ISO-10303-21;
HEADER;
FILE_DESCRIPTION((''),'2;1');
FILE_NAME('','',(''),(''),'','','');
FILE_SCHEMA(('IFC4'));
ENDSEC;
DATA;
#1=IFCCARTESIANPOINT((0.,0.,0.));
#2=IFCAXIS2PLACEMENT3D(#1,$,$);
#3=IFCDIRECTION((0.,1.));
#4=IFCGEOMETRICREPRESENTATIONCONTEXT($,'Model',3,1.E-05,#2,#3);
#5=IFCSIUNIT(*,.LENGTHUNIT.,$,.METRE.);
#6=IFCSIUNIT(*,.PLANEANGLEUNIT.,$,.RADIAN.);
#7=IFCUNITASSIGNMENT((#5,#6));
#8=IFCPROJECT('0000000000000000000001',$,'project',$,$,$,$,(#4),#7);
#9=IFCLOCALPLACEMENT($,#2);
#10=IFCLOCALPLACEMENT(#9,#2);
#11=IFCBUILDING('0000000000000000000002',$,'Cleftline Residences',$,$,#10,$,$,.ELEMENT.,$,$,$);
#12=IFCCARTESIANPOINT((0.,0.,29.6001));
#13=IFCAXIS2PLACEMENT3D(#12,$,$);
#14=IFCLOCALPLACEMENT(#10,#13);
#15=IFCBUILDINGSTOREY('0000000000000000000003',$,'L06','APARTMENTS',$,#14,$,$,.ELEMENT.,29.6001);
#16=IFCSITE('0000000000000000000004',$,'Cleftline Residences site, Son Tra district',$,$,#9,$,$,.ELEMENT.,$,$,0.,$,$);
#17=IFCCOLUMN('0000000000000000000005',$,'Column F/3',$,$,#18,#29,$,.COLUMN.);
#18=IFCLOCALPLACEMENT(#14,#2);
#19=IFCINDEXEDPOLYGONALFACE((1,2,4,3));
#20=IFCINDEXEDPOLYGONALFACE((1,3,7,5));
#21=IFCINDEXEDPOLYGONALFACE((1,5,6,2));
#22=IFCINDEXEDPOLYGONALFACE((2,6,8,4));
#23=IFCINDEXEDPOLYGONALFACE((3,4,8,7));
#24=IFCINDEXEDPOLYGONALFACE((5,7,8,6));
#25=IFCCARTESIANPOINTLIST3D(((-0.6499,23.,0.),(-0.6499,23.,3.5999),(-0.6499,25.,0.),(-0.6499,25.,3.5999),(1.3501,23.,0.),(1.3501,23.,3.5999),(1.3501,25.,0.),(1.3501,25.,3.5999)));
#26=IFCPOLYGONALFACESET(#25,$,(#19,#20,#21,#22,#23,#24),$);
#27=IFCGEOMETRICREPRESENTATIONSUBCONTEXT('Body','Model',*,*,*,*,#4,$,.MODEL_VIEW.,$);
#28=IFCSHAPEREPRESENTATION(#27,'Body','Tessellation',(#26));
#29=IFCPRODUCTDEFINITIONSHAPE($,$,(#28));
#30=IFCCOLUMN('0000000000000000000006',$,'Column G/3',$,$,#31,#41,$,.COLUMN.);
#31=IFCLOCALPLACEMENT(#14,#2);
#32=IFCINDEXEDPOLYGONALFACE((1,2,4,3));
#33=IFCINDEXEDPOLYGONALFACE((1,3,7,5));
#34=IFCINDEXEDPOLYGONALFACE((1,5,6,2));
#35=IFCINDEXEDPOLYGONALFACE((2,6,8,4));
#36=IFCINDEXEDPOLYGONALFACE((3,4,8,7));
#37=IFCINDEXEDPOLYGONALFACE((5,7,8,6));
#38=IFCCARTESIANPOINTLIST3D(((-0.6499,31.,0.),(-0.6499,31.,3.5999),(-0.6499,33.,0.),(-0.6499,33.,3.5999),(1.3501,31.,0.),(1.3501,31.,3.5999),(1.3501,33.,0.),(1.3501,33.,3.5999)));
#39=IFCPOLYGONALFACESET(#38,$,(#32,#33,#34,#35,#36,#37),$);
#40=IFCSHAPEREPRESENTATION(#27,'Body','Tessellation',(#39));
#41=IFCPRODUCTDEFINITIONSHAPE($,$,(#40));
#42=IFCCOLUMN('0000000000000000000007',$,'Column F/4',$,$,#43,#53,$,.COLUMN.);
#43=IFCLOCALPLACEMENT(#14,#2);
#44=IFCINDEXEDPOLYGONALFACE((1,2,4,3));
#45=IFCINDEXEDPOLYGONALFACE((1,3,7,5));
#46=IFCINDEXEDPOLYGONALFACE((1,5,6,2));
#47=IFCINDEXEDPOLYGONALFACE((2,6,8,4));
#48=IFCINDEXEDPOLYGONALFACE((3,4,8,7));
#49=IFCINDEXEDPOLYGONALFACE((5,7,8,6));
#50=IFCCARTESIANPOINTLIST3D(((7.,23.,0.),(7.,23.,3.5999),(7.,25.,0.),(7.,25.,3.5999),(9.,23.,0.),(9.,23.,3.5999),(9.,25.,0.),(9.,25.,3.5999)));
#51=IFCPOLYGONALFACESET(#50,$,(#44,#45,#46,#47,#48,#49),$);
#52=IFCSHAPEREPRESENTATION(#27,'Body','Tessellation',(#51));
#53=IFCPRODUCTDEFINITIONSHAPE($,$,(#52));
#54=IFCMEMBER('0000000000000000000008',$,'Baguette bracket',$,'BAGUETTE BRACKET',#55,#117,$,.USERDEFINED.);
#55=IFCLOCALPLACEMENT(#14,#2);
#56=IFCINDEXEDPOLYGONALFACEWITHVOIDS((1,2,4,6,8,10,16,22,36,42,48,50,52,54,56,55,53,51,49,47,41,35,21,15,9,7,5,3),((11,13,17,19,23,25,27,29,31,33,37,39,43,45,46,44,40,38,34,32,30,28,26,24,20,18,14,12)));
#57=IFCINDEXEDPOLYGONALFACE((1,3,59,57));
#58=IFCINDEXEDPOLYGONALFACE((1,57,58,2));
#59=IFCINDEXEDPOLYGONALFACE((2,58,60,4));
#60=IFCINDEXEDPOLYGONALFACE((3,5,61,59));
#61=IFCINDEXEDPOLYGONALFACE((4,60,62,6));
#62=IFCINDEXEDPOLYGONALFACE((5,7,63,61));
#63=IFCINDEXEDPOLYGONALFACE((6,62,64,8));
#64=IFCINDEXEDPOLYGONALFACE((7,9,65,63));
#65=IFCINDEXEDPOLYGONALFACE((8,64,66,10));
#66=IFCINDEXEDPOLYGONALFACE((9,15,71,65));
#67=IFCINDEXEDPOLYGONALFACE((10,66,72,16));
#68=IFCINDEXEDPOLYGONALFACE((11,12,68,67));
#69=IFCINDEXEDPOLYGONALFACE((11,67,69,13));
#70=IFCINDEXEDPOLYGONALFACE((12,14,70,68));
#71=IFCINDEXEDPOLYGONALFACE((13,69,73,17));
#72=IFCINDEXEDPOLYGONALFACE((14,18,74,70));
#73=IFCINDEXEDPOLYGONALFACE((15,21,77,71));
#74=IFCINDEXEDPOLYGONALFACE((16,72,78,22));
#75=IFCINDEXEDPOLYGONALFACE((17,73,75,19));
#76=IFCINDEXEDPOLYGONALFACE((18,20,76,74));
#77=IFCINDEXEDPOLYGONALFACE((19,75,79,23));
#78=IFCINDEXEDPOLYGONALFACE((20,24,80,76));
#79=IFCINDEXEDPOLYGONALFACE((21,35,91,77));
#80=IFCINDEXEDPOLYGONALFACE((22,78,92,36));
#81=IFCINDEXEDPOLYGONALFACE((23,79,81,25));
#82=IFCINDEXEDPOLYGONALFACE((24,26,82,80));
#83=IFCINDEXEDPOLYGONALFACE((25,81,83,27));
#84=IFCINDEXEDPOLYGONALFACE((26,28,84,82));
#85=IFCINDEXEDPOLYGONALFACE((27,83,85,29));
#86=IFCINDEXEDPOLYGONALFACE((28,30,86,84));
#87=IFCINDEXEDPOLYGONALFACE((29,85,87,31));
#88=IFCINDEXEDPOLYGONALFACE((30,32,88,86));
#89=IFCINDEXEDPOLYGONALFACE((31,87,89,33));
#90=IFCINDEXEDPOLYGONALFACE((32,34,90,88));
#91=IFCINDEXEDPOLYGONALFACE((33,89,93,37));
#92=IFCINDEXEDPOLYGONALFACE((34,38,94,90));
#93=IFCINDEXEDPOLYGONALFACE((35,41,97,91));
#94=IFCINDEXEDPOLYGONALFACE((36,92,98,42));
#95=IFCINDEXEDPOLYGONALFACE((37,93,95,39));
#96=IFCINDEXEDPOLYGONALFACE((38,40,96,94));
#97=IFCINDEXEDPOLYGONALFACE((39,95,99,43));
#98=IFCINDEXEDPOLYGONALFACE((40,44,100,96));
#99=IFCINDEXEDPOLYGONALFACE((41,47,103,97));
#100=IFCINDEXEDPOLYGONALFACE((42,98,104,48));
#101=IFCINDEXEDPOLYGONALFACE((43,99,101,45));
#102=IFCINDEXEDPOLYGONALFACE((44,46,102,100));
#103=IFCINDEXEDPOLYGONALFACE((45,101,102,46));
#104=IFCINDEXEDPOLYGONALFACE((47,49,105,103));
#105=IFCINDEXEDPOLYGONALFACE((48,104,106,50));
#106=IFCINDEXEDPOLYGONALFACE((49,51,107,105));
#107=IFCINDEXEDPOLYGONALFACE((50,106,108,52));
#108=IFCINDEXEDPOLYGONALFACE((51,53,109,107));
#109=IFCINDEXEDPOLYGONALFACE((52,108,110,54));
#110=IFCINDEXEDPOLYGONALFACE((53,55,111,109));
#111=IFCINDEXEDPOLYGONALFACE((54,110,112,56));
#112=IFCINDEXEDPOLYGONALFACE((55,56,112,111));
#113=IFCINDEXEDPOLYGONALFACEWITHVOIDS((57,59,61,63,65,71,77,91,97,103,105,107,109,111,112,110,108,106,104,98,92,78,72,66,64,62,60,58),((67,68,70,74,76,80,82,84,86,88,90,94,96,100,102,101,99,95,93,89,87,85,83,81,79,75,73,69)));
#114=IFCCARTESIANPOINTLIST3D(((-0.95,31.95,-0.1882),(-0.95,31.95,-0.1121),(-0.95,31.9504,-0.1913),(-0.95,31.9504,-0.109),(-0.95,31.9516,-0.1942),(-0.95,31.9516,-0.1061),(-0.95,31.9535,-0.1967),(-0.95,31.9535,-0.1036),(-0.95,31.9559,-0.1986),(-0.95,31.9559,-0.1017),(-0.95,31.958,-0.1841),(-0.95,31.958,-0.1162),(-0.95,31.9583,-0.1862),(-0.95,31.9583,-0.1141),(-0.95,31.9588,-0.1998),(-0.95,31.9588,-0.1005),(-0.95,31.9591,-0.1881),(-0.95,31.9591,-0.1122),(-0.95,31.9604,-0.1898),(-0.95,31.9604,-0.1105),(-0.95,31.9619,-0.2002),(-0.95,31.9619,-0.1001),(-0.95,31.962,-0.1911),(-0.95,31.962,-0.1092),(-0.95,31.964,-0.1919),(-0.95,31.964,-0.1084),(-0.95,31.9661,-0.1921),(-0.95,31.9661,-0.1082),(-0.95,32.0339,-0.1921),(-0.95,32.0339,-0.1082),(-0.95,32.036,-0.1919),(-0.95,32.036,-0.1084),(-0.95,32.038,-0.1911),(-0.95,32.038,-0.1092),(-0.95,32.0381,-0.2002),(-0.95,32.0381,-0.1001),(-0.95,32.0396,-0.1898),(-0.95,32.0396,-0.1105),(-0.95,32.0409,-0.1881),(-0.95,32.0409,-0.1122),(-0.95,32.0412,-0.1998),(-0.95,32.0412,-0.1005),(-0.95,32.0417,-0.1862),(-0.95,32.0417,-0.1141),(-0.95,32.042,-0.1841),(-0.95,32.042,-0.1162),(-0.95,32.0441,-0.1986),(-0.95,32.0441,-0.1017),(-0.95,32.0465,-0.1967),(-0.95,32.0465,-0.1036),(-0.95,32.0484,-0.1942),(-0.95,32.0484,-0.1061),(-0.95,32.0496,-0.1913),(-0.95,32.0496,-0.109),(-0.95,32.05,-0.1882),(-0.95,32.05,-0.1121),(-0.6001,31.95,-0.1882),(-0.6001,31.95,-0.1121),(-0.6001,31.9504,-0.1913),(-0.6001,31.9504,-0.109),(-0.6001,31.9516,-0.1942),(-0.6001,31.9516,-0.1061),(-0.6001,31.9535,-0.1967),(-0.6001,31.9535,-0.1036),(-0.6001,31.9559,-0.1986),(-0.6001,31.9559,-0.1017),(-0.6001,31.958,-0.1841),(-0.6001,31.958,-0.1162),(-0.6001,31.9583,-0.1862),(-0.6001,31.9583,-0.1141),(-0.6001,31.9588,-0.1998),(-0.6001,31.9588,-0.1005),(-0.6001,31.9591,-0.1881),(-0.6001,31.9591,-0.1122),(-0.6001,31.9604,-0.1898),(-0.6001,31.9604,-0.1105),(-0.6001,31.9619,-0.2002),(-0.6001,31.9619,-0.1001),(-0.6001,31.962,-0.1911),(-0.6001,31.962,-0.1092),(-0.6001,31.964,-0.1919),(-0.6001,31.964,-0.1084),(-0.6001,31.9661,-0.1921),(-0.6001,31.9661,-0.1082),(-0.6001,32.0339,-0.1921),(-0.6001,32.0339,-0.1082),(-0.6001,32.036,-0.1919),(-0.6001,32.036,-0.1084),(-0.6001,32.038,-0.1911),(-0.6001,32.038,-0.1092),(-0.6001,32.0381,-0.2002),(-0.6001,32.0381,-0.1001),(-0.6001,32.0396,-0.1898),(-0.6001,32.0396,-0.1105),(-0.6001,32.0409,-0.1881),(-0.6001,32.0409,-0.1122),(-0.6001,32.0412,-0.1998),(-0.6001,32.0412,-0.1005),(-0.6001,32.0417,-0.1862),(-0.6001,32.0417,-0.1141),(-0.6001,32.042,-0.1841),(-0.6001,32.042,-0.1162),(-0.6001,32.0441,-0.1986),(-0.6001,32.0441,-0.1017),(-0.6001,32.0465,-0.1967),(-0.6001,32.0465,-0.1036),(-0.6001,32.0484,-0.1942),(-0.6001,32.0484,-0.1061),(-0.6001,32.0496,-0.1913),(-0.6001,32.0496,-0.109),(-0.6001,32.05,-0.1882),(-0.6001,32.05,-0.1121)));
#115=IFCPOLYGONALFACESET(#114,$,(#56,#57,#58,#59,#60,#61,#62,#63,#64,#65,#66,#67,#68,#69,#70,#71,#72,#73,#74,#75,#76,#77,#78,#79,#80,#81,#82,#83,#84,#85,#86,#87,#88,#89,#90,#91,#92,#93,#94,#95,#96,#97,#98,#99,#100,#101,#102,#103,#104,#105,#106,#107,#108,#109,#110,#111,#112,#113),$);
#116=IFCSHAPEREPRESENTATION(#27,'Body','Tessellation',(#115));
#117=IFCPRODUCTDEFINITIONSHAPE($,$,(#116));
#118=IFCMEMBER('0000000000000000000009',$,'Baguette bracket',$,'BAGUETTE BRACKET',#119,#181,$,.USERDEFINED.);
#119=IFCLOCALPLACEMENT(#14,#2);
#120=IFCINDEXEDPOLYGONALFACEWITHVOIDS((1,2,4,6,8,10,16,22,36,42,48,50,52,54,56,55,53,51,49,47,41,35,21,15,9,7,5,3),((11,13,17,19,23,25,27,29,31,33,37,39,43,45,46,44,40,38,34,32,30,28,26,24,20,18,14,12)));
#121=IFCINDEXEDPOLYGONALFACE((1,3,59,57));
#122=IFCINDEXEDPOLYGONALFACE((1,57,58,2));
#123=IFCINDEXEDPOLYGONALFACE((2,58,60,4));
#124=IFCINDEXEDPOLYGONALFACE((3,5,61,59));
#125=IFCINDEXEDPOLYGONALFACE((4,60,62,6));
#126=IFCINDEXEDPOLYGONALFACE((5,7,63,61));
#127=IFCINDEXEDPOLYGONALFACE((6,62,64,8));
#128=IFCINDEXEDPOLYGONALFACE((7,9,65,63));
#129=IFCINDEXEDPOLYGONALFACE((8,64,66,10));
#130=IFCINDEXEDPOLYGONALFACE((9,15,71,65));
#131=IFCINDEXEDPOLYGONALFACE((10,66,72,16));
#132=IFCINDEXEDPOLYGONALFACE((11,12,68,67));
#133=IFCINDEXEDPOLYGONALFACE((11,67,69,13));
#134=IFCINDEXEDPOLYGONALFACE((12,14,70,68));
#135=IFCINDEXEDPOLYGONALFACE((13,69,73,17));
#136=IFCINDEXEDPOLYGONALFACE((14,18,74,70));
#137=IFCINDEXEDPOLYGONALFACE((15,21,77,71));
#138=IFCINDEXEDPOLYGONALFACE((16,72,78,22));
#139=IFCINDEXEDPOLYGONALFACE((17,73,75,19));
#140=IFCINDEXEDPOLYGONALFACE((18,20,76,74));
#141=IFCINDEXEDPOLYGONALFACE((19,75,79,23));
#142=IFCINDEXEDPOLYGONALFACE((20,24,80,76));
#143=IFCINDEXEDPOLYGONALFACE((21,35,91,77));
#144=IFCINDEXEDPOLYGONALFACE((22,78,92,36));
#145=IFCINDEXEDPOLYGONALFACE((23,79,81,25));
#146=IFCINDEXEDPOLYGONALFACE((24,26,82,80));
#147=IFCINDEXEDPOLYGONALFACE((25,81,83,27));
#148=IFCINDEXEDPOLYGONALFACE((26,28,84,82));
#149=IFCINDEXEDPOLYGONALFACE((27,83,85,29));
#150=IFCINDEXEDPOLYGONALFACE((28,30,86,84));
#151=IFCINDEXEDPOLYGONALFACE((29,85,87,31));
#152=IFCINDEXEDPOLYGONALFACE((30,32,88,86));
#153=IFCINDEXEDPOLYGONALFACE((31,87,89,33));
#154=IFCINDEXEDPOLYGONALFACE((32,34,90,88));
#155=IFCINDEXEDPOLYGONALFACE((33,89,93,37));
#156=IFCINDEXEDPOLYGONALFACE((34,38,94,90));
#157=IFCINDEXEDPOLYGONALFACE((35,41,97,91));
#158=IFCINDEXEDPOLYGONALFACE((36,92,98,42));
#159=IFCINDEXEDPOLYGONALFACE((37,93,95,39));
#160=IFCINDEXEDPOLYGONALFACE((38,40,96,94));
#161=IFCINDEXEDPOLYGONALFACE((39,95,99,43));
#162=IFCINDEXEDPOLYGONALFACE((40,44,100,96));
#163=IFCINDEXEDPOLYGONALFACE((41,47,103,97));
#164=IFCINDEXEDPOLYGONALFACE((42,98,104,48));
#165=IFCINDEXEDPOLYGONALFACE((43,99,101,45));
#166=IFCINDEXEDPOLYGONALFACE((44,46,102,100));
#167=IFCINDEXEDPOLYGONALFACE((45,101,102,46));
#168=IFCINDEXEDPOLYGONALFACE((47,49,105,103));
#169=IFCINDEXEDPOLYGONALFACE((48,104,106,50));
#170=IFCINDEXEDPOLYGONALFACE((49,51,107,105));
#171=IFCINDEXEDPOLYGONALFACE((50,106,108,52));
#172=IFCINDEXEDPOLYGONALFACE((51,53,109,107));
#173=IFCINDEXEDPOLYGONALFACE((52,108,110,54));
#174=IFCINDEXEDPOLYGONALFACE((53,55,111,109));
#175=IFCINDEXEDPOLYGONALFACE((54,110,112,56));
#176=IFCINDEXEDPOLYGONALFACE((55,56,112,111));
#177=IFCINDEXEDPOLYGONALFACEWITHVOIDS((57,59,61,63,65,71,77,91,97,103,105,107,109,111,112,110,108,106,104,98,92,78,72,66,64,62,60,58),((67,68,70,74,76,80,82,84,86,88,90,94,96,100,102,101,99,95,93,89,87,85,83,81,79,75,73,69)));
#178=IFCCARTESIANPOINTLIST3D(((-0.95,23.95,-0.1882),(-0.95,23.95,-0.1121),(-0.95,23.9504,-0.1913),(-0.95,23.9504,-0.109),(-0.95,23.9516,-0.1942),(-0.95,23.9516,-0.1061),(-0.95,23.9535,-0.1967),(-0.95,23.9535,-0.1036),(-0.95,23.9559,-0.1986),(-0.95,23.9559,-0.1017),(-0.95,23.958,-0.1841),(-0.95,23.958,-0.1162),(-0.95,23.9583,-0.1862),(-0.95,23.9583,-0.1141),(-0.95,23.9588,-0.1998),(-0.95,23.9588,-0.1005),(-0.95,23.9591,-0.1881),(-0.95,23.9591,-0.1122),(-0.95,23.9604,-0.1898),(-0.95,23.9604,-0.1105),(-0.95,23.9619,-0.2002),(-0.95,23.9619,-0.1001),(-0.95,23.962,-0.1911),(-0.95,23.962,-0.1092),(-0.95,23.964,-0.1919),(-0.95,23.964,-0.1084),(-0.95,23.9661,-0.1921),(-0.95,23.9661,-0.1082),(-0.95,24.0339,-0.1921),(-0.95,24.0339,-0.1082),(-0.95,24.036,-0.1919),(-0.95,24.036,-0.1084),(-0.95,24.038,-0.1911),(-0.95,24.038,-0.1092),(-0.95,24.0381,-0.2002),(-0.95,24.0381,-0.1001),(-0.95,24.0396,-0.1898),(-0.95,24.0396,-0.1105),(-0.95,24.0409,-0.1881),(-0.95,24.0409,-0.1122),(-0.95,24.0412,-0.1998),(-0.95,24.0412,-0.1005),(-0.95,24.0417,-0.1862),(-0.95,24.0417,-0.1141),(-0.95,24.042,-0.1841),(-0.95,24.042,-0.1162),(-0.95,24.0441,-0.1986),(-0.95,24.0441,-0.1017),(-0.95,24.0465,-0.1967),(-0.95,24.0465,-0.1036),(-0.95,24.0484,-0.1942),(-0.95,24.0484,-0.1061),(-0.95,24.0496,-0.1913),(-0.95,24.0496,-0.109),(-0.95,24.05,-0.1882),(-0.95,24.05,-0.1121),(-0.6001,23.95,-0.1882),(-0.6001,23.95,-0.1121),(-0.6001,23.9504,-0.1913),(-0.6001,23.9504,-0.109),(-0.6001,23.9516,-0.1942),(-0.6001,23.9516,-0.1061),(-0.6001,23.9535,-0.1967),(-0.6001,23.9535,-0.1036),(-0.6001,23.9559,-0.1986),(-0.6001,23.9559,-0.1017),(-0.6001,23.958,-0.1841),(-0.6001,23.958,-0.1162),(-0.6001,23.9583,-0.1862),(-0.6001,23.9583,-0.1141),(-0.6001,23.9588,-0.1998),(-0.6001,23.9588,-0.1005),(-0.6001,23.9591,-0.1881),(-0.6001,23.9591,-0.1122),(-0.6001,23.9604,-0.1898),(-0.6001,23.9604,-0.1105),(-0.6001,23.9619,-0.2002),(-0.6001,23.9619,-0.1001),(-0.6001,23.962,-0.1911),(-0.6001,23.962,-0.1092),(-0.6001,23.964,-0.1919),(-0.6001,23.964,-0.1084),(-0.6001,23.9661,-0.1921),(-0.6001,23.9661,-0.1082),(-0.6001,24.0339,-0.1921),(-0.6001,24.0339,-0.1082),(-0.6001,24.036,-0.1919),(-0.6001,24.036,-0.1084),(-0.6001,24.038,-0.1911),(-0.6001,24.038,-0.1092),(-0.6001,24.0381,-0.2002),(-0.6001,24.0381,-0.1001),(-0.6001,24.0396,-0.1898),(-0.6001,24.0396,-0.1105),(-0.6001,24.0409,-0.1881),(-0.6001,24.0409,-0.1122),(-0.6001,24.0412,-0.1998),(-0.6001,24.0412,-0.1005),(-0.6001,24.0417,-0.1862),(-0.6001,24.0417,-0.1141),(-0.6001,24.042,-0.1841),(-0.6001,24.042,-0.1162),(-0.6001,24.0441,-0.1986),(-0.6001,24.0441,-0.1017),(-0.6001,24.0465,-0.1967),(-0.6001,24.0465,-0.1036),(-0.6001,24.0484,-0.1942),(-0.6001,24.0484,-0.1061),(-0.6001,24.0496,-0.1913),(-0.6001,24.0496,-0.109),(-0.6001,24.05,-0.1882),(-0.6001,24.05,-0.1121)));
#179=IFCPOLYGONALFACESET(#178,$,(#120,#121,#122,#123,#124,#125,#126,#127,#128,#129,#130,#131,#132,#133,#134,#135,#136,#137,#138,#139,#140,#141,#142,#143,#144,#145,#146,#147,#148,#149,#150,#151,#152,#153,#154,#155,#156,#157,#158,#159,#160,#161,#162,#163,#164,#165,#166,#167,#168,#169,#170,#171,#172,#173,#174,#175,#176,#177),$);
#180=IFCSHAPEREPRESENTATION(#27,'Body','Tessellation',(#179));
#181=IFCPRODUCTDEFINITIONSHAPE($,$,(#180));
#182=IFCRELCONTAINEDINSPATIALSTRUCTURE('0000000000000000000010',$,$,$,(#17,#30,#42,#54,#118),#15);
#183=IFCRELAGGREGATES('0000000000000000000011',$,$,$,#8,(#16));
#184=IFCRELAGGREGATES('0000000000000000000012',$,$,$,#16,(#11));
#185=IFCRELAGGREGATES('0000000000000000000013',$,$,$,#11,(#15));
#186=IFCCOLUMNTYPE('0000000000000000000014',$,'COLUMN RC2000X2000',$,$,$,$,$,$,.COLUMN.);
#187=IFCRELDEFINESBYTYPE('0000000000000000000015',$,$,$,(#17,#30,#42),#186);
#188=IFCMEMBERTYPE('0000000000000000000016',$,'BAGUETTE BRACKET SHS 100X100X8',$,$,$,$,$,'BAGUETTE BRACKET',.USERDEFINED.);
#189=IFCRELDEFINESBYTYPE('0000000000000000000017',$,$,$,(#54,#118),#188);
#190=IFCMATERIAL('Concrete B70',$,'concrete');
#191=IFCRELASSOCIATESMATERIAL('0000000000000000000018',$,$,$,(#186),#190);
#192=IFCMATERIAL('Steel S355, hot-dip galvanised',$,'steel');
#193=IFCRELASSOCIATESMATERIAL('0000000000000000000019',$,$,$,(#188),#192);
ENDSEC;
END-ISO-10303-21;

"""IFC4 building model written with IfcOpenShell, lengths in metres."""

from ifc_helpers import new_model, si_unit, direction, frame, origin, origin_2d, place, context, subcontext, project, spatial, rectangle, hollow_rectangle, extrude, material, material_profile, profile_set, type_object, element, save


model = new_model("IFC4")

# Units and contexts
model_context = context("Model", 3, precision=1e-05, world=origin(), true_north=direction((0.0, 1.0)))
body_context = subcontext(model_context, "Body", "Model", "MODEL_VIEW")
ifc_project = project(units=[si_unit("LENGTHUNIT", "METRE"), si_unit("PLANEANGLEUNIT", "RADIAN")], contexts=[model_context])

# Site, building, storey
site_placement = place(None, origin())
site = spatial("IfcSite", under=ifc_project, at=site_placement, Name="Cleftline Residences site, Son Tra district", CompositionType="ELEMENT", RefElevation=0.0)
building_placement = place(site_placement, origin())
building = spatial("IfcBuilding", under=site, at=building_placement, Name="Cleftline Residences", CompositionType="ELEMENT")
storey_placement = place(building_placement, frame((0.0, 0.0, 29.6001)))
storey = spatial("IfcBuildingStorey", under=building, at=storey_placement, Name="L06", Description="APARTMENTS", CompositionType="ELEMENT", Elevation=29.6001)

# Columns
ifc_material_1 = material(Name="Concrete B70", Category="concrete")
ifc_material_profile_1 = material_profile(ifc_material_1, rectangle(XDim=2.0, YDim=2.0, at=origin_2d()))
ifc_profile_set_1 = profile_set([ifc_material_profile_1], Name="Concrete B70")
column_type = type_object("IfcColumnType", Name="COLUMN RC2000X2000", PredefinedType="COLUMN", material=ifc_profile_set_1)
for number, where, z_axis, x_axis, name in (
    (1, (0.3501, 24.0, 0.0), (0.0, 0.0, 1.0), (1.0, 0.0, 0.0), "Column F/3"),
    (2, (0.3501, 32.0, 0.0), (0.0, 0.0, 1.0), (1.0, 0.0, 0.0), "Column G/3"),
    (3, (8.0, 24.0, 0.0), (0.0, 0.0, 1.0), (1.0, 0.0, 0.0), "Column F/4"),
):
    element("IfcColumn", number, at=place(storey_placement, frame(where, z_axis=z_axis, x_axis=x_axis)), inside=storey, type_object=column_type, Name=name, PredefinedType="COLUMN", context=body_context, shape_type="SweptSolid", body=[
        extrude(rectangle(XDim=2.0, YDim=2.0, at=origin_2d()), origin(), (0.0, 0.0, 1.0), 3.5999),
    ])

# Members
ifc_material_2 = material(Name="Steel S355, hot-dip galvanised", Category="steel")
ifc_material_profile_2 = material_profile(ifc_material_2, hollow_rectangle(XDim=0.1001, YDim=0.1001, WallThickness=0.0081, InnerFilletRadius=0.0081, OuterFilletRadius=0.012, at=origin_2d()))
ifc_profile_set_2 = profile_set([ifc_material_profile_2], Name="Steel S355, hot-dip galvanised")
member_type_1 = type_object("IfcMemberType", Name="BAGUETTE BRACKET SHS 100X100X8", ElementType="BAGUETTE BRACKET", PredefinedType="USERDEFINED", material=ifc_profile_set_2)
for number, where, z_axis, x_axis, name in (
    (4, (-0.6001, 32.0, -0.1501), (-1.0, 0.0, 0.0), (0.0, -1.0, 0.0), "Baguette bracket"),
    (5, (-0.6001, 24.0, -0.1501), (-1.0, 0.0, 0.0), (0.0, -1.0, 0.0), "Baguette bracket"),
):
    element("IfcMember", number, at=place(storey_placement, frame(where, z_axis=z_axis, x_axis=x_axis)), inside=storey, type_object=member_type_1, Name=name, ObjectType="BAGUETTE BRACKET", PredefinedType="USERDEFINED", context=body_context, shape_type="SweptSolid", body=[
        extrude(hollow_rectangle(XDim=0.1001, YDim=0.1001, WallThickness=0.0081, InnerFilletRadius=0.0081, OuterFilletRadius=0.012, at=origin_2d()), origin(), (0.0, 0.0, 1.0), 0.3499),
    ])

save(model, "model.ifc")
